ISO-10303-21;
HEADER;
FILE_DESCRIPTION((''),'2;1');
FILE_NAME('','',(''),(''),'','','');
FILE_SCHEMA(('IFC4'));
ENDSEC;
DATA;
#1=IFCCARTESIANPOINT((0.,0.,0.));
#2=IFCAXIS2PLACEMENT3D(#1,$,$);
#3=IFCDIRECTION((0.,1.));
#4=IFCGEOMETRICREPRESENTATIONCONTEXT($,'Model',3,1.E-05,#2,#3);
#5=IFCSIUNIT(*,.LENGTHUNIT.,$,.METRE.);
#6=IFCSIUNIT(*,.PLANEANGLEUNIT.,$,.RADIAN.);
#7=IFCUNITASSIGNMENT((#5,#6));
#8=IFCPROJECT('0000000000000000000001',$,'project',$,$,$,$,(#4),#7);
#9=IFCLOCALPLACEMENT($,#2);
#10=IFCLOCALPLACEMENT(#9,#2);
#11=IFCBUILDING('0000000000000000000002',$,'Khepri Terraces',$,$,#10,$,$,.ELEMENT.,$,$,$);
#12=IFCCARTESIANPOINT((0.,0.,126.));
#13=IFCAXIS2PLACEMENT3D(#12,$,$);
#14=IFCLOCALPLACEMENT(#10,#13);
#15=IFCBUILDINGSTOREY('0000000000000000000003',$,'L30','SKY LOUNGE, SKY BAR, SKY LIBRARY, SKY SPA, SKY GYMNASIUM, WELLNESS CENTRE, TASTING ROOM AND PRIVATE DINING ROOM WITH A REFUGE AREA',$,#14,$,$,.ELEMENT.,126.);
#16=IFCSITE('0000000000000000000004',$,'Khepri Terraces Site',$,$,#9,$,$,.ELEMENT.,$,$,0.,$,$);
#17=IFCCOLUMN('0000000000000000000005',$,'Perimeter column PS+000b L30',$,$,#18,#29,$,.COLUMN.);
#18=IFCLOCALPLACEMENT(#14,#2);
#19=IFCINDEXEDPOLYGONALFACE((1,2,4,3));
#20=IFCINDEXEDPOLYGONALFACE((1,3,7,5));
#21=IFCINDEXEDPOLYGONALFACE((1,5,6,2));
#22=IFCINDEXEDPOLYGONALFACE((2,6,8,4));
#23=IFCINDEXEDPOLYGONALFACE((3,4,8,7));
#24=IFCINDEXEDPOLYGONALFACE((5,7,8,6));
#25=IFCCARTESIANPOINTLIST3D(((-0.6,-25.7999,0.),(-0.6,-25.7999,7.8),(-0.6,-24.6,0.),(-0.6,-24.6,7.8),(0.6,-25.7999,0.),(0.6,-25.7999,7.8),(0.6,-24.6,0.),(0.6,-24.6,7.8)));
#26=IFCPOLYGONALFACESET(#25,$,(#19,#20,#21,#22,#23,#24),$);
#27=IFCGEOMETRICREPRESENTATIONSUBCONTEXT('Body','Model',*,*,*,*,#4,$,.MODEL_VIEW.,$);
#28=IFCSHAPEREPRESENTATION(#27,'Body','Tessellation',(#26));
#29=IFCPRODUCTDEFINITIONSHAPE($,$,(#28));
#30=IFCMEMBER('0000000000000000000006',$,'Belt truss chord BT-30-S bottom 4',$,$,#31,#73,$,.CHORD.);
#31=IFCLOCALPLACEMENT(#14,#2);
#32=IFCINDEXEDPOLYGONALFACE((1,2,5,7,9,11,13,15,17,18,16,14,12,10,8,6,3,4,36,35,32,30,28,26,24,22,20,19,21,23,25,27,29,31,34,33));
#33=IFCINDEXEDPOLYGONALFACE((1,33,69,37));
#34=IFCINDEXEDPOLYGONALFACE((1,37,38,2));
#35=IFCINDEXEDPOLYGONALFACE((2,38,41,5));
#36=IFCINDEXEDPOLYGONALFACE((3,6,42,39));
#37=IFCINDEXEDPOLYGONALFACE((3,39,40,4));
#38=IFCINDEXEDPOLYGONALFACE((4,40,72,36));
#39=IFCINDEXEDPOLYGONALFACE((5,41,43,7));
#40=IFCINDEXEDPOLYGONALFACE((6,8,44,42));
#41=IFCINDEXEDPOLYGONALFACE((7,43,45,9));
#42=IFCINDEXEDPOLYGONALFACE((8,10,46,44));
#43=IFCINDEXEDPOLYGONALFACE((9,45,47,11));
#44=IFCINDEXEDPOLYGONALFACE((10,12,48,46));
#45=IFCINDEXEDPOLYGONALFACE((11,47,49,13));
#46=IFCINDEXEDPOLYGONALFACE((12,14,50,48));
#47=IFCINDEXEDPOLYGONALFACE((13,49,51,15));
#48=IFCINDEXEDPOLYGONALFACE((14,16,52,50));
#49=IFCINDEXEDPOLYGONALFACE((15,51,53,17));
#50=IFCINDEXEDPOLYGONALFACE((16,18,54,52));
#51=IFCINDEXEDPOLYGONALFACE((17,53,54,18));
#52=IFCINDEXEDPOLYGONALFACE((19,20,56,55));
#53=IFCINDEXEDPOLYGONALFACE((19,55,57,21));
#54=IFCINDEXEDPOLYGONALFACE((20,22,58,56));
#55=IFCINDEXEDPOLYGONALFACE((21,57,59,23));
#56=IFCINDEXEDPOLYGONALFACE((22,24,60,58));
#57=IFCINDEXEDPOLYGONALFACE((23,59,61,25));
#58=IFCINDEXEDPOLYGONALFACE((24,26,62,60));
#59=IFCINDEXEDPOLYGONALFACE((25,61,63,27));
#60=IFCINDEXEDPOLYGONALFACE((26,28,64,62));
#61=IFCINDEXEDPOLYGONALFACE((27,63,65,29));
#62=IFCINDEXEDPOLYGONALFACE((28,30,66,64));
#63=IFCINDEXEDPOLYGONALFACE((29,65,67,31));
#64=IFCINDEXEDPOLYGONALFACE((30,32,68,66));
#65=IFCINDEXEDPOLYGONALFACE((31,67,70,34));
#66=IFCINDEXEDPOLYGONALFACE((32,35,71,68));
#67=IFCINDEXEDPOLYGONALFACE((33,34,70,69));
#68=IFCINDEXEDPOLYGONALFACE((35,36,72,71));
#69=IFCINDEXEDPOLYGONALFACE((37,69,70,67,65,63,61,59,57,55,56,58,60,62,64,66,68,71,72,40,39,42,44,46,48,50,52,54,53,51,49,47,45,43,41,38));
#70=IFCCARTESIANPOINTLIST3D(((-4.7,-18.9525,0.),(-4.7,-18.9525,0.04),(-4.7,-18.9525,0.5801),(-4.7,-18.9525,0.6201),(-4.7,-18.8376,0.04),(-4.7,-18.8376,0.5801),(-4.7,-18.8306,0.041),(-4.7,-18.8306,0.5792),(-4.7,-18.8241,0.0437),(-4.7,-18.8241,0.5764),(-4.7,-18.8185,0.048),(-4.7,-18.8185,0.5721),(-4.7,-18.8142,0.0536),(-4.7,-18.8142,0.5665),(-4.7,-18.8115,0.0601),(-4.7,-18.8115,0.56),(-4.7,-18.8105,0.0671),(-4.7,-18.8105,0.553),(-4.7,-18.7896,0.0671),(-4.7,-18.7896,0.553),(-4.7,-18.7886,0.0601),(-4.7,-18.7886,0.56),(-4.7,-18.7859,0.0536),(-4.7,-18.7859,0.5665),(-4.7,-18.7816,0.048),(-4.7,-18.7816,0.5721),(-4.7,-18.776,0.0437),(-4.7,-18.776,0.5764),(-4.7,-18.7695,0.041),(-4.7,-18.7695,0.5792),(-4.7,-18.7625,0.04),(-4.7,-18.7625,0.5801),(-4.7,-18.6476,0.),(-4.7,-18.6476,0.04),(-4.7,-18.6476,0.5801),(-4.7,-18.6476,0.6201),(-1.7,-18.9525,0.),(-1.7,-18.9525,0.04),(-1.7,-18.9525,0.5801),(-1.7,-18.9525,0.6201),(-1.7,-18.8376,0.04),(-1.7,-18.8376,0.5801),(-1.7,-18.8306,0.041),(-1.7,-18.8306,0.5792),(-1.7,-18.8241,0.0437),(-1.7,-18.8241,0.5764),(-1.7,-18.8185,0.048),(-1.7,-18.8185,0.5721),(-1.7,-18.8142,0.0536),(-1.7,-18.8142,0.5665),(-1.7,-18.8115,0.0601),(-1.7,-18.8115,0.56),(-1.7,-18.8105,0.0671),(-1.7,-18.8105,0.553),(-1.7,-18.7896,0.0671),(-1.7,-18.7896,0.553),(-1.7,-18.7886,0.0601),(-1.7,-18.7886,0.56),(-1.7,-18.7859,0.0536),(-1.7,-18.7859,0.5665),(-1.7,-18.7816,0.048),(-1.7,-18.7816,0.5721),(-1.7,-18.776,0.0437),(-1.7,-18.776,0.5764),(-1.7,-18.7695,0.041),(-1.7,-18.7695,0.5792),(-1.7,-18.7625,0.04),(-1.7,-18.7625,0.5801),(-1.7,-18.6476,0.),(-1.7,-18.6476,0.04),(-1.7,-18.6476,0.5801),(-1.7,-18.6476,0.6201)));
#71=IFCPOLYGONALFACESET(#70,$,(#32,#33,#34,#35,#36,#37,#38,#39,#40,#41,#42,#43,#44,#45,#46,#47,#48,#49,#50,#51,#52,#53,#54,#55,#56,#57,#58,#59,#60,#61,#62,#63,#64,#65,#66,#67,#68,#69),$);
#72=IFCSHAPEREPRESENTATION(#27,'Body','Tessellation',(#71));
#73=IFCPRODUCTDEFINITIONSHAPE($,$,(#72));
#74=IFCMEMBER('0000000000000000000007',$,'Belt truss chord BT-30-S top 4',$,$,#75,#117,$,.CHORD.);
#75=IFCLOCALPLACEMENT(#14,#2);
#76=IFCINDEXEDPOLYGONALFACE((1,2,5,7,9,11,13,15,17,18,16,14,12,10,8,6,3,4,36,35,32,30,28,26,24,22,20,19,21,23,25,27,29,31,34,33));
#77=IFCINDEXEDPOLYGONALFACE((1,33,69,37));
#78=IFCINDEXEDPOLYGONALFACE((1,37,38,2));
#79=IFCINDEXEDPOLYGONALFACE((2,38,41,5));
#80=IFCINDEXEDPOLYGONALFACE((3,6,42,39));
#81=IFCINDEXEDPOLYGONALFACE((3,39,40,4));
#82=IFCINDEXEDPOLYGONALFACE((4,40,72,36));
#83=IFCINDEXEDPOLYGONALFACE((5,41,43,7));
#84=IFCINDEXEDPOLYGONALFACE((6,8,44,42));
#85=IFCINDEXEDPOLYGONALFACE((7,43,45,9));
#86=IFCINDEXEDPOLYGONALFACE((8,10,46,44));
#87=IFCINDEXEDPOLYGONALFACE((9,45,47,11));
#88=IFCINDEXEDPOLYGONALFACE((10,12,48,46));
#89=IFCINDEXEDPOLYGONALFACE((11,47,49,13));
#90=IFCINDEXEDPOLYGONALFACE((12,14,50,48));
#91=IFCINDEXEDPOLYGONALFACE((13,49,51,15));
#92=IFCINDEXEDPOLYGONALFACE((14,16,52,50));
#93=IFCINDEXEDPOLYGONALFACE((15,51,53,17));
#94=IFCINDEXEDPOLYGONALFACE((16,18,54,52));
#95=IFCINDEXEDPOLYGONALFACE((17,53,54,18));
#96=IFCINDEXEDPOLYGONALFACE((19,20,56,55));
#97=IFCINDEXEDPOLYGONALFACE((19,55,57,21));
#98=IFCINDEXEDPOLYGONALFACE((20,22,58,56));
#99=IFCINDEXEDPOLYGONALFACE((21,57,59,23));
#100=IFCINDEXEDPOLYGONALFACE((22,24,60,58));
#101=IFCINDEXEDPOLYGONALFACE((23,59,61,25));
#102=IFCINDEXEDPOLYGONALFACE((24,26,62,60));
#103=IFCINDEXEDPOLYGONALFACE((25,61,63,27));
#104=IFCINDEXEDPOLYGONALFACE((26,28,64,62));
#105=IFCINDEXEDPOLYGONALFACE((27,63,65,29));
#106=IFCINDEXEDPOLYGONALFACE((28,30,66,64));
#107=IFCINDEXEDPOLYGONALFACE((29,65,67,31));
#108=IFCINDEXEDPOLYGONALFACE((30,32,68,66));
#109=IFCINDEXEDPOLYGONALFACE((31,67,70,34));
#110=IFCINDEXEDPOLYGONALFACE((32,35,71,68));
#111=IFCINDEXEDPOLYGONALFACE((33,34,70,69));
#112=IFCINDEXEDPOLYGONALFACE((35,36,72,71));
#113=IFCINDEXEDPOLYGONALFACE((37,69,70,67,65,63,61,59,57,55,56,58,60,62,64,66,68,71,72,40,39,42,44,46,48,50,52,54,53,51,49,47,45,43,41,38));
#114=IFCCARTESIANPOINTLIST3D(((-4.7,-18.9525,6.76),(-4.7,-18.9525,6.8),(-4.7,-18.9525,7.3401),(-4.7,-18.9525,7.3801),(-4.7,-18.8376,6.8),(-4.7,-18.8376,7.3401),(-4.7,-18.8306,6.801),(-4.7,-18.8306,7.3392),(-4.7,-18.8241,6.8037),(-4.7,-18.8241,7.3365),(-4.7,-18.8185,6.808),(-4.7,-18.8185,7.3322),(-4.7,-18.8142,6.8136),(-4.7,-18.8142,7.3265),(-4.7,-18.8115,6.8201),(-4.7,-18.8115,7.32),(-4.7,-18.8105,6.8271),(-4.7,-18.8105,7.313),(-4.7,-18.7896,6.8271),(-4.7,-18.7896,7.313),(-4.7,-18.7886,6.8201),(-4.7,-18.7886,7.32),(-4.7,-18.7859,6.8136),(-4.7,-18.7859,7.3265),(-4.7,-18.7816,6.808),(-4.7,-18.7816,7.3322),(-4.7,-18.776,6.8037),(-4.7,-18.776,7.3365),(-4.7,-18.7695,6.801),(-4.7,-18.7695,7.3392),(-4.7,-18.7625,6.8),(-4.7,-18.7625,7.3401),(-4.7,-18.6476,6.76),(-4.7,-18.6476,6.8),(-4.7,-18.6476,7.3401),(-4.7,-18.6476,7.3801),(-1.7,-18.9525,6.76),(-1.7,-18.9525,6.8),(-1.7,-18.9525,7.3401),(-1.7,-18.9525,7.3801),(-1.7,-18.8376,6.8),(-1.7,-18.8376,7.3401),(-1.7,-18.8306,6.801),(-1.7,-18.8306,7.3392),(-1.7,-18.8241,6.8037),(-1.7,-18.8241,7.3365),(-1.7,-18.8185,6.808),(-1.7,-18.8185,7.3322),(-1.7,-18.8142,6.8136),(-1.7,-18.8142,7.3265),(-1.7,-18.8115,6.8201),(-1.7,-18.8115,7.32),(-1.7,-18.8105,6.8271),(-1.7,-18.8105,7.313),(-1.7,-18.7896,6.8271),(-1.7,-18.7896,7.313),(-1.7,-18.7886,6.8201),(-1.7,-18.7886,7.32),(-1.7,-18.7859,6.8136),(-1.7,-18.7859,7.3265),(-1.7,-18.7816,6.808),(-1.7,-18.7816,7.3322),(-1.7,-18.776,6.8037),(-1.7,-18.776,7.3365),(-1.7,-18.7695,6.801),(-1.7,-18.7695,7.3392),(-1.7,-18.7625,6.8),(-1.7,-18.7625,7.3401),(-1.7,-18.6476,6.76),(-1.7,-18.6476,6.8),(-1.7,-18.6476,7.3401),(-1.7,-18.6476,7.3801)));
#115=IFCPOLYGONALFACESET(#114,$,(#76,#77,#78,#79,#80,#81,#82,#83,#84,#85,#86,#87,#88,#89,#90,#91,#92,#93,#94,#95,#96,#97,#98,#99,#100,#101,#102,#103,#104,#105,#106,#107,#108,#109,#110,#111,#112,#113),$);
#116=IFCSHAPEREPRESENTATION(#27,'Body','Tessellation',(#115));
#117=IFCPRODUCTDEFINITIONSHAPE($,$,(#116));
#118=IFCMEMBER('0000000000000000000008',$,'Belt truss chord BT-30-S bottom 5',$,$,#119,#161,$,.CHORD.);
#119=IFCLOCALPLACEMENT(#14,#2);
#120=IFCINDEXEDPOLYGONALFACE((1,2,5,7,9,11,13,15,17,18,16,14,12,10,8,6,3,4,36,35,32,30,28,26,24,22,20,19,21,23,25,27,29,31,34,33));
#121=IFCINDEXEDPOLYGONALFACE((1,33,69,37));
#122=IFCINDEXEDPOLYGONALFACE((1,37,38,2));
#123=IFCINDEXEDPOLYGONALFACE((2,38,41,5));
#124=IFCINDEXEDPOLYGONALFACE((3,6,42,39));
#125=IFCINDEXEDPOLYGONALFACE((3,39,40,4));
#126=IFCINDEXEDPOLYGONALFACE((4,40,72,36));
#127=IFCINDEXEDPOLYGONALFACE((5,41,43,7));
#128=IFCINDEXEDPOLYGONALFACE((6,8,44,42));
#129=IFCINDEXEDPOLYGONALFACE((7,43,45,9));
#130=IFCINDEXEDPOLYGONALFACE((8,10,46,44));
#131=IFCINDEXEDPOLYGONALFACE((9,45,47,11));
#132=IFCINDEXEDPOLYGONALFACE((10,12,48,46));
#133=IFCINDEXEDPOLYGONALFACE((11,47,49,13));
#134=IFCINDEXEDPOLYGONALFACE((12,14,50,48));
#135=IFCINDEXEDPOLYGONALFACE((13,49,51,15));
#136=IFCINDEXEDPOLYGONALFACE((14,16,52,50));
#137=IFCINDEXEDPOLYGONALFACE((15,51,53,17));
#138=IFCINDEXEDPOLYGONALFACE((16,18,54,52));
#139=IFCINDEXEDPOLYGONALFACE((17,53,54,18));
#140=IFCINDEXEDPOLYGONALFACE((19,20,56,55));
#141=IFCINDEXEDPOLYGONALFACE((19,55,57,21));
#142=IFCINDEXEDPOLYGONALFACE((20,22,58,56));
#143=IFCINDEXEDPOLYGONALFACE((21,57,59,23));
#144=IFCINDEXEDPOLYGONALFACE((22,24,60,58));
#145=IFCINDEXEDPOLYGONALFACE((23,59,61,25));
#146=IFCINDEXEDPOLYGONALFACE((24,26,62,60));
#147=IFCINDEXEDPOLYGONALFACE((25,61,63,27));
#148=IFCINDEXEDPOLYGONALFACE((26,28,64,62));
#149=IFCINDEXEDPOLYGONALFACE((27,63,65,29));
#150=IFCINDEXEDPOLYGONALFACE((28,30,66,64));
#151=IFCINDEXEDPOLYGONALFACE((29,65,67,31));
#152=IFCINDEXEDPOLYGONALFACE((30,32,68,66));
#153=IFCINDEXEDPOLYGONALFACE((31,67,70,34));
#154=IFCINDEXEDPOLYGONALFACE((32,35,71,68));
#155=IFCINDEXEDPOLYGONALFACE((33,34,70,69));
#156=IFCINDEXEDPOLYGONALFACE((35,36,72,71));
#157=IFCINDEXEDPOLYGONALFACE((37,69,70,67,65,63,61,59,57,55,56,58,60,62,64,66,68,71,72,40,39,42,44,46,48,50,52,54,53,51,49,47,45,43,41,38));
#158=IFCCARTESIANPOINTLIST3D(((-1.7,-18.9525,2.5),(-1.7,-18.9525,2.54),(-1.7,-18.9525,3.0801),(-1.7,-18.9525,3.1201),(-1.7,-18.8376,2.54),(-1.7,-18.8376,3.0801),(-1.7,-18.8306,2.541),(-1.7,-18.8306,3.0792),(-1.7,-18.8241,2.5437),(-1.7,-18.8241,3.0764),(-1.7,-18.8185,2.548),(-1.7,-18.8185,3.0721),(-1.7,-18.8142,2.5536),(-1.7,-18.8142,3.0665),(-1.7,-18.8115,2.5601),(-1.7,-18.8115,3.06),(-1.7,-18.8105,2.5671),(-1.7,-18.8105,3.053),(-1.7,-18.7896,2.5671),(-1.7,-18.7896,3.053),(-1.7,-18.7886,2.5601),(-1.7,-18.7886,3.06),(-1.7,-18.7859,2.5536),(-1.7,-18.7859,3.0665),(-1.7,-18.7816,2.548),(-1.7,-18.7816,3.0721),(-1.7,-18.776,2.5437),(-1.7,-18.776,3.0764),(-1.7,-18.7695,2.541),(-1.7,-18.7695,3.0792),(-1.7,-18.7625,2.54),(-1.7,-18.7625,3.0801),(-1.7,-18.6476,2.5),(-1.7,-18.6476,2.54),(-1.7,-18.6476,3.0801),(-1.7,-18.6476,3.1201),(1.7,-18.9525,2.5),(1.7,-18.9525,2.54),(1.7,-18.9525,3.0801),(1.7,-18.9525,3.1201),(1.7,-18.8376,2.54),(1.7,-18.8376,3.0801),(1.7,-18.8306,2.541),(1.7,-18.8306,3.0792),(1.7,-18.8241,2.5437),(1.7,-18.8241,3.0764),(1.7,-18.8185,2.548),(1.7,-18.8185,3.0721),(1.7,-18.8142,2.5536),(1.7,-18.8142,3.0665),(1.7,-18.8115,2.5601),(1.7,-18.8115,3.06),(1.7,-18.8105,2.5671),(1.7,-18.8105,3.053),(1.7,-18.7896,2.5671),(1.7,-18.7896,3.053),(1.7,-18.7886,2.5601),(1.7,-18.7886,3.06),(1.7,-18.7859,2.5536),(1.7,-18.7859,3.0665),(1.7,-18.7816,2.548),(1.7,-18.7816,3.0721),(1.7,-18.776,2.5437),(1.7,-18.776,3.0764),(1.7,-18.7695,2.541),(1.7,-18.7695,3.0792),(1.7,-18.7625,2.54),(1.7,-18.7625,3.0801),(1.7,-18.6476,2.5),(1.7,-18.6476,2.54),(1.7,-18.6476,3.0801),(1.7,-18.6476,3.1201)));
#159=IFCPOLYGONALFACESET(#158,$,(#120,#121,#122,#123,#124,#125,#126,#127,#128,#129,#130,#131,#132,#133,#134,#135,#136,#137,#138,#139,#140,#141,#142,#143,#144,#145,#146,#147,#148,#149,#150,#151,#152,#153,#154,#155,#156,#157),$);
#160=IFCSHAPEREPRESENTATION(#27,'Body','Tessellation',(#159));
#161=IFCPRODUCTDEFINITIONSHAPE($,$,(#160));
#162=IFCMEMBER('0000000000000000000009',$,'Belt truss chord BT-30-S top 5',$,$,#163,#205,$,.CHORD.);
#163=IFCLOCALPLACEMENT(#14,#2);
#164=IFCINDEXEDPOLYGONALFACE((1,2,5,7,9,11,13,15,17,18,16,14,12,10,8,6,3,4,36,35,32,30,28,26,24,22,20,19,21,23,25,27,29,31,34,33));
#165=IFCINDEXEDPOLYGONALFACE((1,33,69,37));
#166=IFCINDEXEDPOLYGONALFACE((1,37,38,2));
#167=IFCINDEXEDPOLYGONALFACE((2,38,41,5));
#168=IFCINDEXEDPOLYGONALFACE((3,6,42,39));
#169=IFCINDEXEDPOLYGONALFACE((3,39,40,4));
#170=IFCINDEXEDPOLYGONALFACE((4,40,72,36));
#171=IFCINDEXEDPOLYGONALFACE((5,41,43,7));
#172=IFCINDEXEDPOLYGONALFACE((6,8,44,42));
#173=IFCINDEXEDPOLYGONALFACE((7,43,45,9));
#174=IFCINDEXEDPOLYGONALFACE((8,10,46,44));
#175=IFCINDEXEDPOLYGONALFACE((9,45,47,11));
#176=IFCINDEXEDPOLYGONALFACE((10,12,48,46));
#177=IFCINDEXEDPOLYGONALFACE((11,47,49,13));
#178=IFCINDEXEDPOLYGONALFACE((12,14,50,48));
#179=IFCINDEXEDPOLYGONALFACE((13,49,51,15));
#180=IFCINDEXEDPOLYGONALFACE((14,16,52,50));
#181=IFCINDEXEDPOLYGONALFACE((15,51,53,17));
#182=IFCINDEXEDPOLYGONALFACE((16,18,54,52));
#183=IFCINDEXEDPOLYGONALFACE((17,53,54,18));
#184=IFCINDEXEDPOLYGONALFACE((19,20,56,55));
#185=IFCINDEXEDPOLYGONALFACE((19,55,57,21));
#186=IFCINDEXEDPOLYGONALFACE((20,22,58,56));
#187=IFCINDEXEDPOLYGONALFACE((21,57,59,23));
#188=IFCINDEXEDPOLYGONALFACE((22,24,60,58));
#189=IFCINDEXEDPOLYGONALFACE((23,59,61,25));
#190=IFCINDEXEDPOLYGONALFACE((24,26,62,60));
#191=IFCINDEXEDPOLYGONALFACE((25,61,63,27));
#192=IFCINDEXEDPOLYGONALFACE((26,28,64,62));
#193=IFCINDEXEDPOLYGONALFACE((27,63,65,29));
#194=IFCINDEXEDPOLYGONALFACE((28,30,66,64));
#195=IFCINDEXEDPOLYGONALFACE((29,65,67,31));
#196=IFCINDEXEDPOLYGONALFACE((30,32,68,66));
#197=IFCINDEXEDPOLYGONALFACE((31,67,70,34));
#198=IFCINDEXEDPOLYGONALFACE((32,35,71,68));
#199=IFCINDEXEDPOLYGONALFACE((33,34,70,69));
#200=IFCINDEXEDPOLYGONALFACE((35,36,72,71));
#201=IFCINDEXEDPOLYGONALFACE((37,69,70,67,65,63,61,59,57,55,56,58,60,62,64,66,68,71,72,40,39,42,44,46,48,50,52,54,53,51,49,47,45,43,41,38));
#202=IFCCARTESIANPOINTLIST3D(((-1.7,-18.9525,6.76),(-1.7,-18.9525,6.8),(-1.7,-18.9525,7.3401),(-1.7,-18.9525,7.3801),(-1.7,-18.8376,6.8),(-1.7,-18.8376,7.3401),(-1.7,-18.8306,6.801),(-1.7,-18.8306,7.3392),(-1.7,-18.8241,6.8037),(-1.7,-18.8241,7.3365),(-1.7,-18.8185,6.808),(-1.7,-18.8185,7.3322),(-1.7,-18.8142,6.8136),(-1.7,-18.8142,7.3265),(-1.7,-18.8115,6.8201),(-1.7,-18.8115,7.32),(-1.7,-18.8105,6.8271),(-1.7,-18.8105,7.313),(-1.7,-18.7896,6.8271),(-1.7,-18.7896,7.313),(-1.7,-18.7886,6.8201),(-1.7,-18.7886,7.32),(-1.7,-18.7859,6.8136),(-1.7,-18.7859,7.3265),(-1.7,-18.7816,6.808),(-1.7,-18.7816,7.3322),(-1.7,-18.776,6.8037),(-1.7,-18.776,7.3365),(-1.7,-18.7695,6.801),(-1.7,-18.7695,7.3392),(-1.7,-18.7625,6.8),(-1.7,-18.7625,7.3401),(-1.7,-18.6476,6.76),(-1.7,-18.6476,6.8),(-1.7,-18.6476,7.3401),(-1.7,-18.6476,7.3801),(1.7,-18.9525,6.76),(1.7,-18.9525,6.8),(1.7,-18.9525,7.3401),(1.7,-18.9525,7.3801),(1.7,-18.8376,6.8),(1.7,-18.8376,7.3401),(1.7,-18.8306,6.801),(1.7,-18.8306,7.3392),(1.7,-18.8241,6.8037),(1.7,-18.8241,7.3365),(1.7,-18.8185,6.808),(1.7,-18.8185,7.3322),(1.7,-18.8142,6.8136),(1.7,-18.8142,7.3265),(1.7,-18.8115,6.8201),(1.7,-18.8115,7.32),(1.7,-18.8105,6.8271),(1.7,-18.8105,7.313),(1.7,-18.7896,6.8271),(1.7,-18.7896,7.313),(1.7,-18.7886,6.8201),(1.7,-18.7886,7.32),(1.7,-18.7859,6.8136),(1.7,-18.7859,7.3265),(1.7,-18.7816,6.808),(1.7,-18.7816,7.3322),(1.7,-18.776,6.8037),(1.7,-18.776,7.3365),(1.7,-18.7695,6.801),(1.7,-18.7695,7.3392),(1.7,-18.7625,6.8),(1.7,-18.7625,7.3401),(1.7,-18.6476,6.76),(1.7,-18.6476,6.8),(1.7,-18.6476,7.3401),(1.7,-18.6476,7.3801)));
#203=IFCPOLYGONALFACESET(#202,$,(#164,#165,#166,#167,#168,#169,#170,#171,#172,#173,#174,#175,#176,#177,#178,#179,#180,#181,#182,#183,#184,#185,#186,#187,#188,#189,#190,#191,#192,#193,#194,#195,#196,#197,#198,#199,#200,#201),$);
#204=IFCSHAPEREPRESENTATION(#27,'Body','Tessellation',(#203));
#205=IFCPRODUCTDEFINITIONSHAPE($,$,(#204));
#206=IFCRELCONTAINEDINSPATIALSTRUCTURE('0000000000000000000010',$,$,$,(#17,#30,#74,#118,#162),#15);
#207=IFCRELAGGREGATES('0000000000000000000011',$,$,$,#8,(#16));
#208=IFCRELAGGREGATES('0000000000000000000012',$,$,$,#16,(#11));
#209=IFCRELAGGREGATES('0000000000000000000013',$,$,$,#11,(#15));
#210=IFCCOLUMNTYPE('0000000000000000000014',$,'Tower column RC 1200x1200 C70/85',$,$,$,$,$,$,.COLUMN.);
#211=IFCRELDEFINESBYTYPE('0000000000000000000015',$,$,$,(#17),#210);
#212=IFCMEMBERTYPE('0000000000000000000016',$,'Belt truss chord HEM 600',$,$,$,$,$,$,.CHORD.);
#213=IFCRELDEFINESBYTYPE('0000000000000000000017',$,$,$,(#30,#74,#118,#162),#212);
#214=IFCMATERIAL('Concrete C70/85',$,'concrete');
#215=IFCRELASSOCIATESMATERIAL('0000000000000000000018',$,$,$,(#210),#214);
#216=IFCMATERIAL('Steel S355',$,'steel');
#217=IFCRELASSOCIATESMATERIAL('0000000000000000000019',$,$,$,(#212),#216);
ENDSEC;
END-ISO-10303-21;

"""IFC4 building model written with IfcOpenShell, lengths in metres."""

from ifc_helpers import new_model, si_unit, direction, frame, origin, origin_2d, place, context, subcontext, project, spatial, rectangle, i_section, extrude, material, material_profile, profile_set, type_object, element, save


model = new_model("IFC4")

# Units and contexts
model_context = context("Model", 3, precision=1e-05, world=origin(), true_north=direction((0.0, 1.0)))
body_context = subcontext(model_context, "Body", "Model", "MODEL_VIEW")
ifc_project = project(units=[si_unit("LENGTHUNIT", "METRE"), si_unit("PLANEANGLEUNIT", "RADIAN")], contexts=[model_context])

# Site, building, storey
site_placement = place(None, origin())
site = spatial("IfcSite", under=ifc_project, at=site_placement, Name="Khepri Terraces Site", CompositionType="ELEMENT", RefElevation=0.0)
building_placement = place(site_placement, origin())
building = spatial("IfcBuilding", under=site, at=building_placement, Name="Khepri Terraces", CompositionType="ELEMENT")
storey_placement = place(building_placement, frame((0.0, 0.0, 126.0)))
storey = spatial("IfcBuildingStorey", under=building, at=storey_placement, Name="L30", Description="SKY LOUNGE, SKY BAR, SKY LIBRARY, SKY SPA, SKY GYMNASIUM, WELLNESS CENTRE, TASTING ROOM AND PRIVATE DINING ROOM WITH A REFUGE AREA", CompositionType="ELEMENT", Elevation=126.0)

# Column
ifc_material_1 = material(Name="Concrete C70/85", Category="concrete")
ifc_material_profile_1 = material_profile(ifc_material_1, rectangle(XDim=1.2, YDim=1.2, at=origin_2d()), Name="Concrete C70/85", Category="concrete")
ifc_profile_set_1 = profile_set([ifc_material_profile_1], Name="Concrete C70/85")
column_type = type_object("IfcColumnType", Name="Tower column RC 1200x1200 C70/85", PredefinedType="COLUMN", material=ifc_profile_set_1)
column_placement = place(storey_placement, frame((0.0, -25.2, 0.0), z_axis=(0.0, 0.0, 1.0), x_axis=(1.0, 0.0, 0.0)))
element("IfcColumn", 1, at=column_placement, inside=storey, type_object=column_type, Name="Perimeter column PS+000b L30", PredefinedType="COLUMN", context=body_context, shape_type="SweptSolid", body=[
    extrude(rectangle(XDim=1.2, YDim=1.2, at=origin_2d()), origin(), (0.0, 0.0, 1.0), 7.8),
])

# Members
ifc_material_2 = material(Name="Steel S355", Category="steel")
ifc_material_profile_2 = material_profile(ifc_material_2, i_section(OverallWidth=0.3049, OverallDepth=0.6201, WebThickness=0.021, FlangeThickness=0.04, FilletRadius=0.0271, at=origin_2d()), Name="Steel S355", Category="steel")
ifc_profile_set_2 = profile_set([ifc_material_profile_2], Name="Steel S355")
member_type_1 = type_object("IfcMemberType", Name="Belt truss chord HEM 600", PredefinedType="CHORD", material=ifc_profile_set_2)
for number, where, z_axis, x_axis, name in (
    (2, (-4.7, -18.8, 0.3101), (1.0, 0.0, 0.0), (0.0, 1.0, 0.0), "Belt truss chord BT-30-S bottom 4"),
    (3, (-4.7, -18.8, 7.0701), (1.0, 0.0, 0.0), (0.0, 1.0, 0.0), "Belt truss chord BT-30-S top 4"),
):
    element("IfcMember", number, at=place(storey_placement, frame(where, z_axis=z_axis, x_axis=x_axis)), inside=storey, type_object=member_type_1, Name=name, PredefinedType="CHORD", context=body_context, shape_type="SweptSolid", body=[
        extrude(i_section(OverallWidth=0.3049, OverallDepth=0.6201, WebThickness=0.021, FlangeThickness=0.04, FilletRadius=0.0271, at=origin_2d()), origin(), (0.0, 0.0, 1.0), 3.0),
    ])
for number, where, z_axis, x_axis, name in (
    (4, (-1.7, -18.8, 2.8101), (1.0, 0.0, 0.0), (0.0, 1.0, 0.0), "Belt truss chord BT-30-S bottom 5"),
    (5, (-1.7, -18.8, 7.0701), (1.0, 0.0, 0.0), (0.0, 1.0, 0.0), "Belt truss chord BT-30-S top 5"),
):
    element("IfcMember", number, at=place(storey_placement, frame(where, z_axis=z_axis, x_axis=x_axis)), inside=storey, type_object=member_type_1, Name=name, PredefinedType="CHORD", context=body_context, shape_type="SweptSolid", body=[
        extrude(i_section(OverallWidth=0.3049, OverallDepth=0.6201, WebThickness=0.021, FlangeThickness=0.04, FilletRadius=0.0271, at=origin_2d()), origin(), (0.0, 0.0, 1.0), 3.3999),
    ])

save(model, "model.ifc")
